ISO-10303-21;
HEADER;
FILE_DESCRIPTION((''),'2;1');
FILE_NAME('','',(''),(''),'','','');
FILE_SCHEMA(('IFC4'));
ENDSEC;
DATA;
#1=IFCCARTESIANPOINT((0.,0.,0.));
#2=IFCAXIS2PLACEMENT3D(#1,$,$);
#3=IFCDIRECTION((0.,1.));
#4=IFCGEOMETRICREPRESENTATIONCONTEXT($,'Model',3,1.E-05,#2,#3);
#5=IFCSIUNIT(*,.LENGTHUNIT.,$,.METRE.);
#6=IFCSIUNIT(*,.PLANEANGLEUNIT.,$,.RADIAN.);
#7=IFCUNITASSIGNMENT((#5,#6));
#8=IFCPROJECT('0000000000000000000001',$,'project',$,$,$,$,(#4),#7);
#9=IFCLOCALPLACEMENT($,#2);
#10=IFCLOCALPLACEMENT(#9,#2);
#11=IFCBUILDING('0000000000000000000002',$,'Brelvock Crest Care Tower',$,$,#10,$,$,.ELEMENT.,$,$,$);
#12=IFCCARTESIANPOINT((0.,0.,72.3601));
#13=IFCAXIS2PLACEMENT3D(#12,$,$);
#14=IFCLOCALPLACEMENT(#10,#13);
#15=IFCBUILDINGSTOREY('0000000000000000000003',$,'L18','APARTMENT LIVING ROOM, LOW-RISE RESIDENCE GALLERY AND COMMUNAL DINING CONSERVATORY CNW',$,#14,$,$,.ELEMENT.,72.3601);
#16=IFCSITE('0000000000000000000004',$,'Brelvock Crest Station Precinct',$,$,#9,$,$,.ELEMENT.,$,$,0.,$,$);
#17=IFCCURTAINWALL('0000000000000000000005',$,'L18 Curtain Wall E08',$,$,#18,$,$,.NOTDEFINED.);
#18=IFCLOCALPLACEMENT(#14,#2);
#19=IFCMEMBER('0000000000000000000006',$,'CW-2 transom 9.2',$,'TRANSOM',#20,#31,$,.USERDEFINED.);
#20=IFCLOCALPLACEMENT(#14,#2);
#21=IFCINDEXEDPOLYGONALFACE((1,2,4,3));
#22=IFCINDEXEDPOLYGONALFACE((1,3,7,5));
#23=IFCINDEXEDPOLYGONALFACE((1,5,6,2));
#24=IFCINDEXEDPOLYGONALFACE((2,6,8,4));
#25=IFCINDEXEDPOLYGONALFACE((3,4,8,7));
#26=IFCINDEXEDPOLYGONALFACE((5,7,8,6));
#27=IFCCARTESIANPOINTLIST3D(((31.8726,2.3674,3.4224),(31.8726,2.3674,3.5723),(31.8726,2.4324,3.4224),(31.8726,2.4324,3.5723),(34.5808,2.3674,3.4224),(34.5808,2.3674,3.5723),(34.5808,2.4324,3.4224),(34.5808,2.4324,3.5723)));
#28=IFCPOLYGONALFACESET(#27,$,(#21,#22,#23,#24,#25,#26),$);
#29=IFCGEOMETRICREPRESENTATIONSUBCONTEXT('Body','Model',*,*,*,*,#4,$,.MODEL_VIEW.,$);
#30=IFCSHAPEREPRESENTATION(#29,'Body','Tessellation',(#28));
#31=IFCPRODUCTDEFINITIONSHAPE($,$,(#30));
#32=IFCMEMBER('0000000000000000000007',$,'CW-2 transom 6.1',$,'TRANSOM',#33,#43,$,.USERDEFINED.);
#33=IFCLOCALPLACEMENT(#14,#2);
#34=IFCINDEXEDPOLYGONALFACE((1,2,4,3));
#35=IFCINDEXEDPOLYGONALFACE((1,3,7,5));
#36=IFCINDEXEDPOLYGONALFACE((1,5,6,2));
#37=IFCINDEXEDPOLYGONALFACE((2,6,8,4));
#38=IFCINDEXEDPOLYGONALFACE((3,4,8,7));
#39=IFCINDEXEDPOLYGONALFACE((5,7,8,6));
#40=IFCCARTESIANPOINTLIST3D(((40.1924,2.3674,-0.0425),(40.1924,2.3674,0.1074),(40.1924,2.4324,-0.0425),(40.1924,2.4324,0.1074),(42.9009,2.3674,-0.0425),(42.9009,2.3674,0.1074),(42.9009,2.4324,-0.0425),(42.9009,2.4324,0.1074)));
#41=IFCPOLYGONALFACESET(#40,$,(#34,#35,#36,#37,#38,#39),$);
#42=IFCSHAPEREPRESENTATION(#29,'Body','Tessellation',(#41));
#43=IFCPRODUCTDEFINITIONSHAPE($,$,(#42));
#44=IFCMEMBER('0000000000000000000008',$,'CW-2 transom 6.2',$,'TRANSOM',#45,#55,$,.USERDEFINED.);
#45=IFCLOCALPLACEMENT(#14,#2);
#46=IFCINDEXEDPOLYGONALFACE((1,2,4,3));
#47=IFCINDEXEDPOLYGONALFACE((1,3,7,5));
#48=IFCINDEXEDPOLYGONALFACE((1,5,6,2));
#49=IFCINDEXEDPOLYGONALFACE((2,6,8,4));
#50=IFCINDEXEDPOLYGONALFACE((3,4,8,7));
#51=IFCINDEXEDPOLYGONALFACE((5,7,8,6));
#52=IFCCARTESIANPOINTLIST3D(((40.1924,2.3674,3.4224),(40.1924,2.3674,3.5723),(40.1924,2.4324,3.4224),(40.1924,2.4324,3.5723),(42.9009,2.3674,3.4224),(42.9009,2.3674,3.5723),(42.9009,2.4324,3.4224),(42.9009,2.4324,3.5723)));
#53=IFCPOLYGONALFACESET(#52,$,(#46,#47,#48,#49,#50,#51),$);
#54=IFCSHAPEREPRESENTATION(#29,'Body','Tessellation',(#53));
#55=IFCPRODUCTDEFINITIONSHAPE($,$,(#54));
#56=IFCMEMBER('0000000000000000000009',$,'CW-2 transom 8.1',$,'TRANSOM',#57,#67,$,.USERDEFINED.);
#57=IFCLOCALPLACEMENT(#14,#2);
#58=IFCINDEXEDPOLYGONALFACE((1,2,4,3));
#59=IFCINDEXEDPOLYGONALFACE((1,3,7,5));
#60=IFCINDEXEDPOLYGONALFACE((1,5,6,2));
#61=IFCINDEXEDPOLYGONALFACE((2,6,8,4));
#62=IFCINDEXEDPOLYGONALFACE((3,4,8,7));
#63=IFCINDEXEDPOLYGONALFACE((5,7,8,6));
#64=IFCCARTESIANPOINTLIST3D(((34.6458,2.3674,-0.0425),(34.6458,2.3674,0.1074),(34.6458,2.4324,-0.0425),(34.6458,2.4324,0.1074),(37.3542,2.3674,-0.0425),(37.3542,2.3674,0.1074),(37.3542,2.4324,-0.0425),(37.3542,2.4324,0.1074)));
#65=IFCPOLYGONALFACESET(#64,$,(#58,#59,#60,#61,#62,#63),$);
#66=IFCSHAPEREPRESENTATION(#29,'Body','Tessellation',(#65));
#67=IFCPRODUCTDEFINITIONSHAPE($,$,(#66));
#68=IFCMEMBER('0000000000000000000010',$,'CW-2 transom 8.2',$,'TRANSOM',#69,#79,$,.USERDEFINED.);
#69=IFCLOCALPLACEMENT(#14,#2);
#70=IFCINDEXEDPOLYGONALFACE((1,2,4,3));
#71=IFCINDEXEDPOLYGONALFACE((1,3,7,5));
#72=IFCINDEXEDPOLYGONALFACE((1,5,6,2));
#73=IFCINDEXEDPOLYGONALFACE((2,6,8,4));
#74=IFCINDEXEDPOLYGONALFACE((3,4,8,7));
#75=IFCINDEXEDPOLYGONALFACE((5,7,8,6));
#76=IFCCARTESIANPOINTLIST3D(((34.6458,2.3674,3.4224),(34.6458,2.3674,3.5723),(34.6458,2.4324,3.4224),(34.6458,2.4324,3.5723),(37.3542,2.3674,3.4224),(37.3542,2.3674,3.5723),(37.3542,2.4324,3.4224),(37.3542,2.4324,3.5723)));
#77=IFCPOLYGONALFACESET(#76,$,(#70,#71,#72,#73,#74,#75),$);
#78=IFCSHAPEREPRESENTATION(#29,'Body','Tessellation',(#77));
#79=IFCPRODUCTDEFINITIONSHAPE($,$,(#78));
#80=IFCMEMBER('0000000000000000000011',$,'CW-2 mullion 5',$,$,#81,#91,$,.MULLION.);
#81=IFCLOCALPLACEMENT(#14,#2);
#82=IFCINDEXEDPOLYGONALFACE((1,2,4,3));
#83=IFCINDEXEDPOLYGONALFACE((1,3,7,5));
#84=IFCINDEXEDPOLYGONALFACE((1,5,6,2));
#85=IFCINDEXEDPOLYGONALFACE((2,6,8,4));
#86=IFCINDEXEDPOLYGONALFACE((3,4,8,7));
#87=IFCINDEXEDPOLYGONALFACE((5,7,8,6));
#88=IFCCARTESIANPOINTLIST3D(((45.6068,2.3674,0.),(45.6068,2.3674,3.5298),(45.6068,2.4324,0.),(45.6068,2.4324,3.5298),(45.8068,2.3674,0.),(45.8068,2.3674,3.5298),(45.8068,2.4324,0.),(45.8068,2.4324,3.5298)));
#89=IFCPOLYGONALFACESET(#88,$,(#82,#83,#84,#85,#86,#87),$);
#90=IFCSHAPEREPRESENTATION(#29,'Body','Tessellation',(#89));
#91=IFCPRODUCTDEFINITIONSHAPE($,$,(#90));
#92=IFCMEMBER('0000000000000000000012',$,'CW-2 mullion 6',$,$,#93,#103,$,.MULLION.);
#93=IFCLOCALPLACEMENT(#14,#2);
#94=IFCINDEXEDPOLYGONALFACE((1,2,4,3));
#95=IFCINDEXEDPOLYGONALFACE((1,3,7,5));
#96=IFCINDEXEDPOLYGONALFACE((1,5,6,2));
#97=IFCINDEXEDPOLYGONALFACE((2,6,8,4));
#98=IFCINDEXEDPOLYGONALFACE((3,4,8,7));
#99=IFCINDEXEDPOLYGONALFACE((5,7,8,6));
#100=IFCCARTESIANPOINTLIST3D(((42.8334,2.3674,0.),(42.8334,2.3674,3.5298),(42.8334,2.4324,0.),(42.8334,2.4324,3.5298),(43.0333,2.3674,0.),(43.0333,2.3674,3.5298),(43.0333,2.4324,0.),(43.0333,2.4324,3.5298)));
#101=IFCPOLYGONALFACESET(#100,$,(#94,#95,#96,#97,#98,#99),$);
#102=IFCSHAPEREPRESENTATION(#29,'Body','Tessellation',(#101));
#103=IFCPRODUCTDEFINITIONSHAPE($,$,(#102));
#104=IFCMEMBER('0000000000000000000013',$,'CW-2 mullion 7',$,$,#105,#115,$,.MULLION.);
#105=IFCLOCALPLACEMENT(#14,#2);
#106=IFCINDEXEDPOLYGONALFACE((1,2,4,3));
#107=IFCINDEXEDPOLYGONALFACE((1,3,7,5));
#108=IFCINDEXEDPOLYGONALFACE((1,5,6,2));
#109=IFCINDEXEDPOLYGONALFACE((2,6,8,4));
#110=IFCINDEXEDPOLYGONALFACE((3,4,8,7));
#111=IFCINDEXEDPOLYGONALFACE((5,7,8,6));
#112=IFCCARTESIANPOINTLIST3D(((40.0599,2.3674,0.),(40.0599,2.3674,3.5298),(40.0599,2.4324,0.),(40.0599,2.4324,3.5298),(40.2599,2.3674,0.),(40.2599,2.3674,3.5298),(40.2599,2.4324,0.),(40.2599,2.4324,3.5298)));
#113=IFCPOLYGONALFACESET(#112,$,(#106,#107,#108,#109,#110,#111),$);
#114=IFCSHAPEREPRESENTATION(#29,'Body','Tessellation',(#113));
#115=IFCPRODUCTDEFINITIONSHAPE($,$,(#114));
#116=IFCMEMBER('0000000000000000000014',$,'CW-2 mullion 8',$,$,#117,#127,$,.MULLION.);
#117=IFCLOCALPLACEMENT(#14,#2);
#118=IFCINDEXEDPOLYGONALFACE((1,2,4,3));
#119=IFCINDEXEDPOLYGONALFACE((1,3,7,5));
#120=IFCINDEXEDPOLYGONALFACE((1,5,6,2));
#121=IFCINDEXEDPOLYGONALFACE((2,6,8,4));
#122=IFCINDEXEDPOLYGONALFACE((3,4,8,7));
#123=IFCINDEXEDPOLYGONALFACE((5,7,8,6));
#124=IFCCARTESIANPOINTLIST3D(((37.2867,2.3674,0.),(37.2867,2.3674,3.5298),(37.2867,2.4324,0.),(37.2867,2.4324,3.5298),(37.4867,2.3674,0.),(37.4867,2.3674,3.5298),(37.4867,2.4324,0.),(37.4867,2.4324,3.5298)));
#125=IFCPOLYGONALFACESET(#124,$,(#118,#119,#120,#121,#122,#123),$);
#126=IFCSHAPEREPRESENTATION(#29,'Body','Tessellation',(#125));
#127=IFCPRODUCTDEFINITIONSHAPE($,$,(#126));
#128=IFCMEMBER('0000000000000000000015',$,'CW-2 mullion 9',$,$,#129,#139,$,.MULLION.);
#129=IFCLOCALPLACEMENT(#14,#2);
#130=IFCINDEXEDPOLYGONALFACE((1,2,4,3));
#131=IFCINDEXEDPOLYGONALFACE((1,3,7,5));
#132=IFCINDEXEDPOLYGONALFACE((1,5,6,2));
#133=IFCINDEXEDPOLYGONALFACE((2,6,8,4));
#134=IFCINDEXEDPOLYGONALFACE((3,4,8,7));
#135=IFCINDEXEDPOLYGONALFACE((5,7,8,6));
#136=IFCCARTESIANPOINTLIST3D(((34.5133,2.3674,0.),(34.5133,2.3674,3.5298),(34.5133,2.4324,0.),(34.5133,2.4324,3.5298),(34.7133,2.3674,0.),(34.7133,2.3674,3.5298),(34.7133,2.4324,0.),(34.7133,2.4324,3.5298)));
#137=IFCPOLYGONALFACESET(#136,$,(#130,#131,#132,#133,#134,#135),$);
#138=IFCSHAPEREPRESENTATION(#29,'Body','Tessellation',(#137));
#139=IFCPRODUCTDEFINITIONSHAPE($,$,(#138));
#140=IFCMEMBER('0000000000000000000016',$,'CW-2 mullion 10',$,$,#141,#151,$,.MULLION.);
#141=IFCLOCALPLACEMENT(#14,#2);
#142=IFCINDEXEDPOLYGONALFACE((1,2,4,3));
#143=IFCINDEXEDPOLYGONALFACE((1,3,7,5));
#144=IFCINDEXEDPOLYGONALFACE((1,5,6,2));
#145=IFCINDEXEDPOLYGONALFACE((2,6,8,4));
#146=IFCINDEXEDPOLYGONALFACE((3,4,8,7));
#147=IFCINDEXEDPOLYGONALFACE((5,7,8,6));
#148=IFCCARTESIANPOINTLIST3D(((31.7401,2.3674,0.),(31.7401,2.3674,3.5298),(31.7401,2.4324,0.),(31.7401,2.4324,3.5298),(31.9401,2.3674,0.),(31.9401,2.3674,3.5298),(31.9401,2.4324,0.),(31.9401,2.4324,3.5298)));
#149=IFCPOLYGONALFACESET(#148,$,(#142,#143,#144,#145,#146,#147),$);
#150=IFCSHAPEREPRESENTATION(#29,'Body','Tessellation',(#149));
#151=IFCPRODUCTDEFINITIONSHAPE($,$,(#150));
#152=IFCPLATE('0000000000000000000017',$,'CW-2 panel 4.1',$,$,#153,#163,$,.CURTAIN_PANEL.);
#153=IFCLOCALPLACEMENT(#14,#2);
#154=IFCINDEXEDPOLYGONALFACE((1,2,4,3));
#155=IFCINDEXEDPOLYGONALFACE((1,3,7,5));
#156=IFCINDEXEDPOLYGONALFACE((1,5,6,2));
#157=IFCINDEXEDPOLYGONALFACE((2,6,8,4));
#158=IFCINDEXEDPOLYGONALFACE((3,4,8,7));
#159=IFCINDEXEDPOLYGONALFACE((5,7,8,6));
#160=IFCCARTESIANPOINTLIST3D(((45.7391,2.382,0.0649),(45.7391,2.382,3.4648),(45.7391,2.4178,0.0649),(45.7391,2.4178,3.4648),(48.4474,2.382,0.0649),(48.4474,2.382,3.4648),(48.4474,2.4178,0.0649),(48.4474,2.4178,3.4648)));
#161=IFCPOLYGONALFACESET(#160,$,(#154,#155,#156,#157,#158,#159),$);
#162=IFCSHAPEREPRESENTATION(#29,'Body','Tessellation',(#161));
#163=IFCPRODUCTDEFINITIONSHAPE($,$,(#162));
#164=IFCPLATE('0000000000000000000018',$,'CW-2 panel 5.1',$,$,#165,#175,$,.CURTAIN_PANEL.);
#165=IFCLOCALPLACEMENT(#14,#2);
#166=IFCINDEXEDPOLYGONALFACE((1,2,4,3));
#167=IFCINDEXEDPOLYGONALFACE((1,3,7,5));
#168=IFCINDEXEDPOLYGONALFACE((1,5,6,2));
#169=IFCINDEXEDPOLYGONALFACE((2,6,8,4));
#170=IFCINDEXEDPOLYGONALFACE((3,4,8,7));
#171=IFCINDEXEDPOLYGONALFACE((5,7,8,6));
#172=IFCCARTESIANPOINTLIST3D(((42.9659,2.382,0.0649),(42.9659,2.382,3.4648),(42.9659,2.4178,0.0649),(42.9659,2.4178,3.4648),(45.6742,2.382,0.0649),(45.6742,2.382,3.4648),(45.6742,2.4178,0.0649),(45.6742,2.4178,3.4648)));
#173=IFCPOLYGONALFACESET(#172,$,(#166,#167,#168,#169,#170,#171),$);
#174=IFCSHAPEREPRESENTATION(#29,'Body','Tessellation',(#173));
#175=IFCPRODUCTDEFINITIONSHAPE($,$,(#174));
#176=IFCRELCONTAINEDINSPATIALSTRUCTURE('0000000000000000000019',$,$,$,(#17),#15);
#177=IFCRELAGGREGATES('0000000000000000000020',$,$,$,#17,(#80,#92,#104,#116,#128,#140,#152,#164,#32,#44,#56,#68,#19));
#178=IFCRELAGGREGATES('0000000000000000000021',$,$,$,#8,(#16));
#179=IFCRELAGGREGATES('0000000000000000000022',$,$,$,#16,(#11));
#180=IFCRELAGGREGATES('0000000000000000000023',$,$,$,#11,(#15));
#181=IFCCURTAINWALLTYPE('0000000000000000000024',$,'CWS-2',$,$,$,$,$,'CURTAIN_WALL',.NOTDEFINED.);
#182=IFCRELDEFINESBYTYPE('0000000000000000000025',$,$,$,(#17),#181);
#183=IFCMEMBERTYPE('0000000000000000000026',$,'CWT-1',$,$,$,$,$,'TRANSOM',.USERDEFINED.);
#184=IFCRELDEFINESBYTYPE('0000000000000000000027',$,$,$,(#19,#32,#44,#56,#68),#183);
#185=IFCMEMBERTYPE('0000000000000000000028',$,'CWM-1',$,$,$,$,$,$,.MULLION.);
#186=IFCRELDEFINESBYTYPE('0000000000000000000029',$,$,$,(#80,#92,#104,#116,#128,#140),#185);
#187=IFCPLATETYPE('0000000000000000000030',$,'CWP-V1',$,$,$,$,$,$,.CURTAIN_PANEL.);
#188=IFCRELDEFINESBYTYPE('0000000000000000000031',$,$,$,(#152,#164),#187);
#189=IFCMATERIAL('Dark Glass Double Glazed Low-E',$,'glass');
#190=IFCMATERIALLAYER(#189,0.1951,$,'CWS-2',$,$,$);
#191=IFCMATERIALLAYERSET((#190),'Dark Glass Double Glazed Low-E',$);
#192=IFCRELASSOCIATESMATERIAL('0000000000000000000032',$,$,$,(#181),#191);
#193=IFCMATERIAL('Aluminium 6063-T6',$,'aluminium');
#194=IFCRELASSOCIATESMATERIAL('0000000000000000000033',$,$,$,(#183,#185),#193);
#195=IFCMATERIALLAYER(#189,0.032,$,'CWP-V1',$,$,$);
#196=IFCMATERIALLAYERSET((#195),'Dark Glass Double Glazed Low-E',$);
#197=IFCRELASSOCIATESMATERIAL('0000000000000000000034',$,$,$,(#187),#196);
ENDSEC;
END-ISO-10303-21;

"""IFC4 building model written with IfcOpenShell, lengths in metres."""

from ifc_helpers import new_model, si_unit, direction, frame, origin, origin_2d, place, context, subcontext, project, spatial, rectangle, extrude, source, transform, mapped, material, layer, layer_set, material_profile, profile_set, type_object, element, aggregate, save


model = new_model("IFC4")

# Units and contexts
model_context = context("Model", 3, precision=1e-05, world=origin(), true_north=direction((0.0, 1.0)))
body_context = subcontext(model_context, "Body", "Model", "MODEL_VIEW")
ifc_project = project(units=[si_unit("LENGTHUNIT", "METRE"), si_unit("PLANEANGLEUNIT", "RADIAN")], contexts=[model_context])

# Site, building, storey
site_placement = place(None, origin())
site = spatial("IfcSite", under=ifc_project, at=site_placement, Name="Brelvock Crest Station Precinct", CompositionType="ELEMENT", RefElevation=0.0)
building_placement = place(site_placement, origin())
building = spatial("IfcBuilding", under=site, at=building_placement, Name="Brelvock Crest Care Tower", CompositionType="ELEMENT")
storey_placement = place(building_placement, frame((0.0, 0.0, 72.3601)))
storey = spatial("IfcBuildingStorey", under=building, at=storey_placement, Name="L18", Description="APARTMENT LIVING ROOM, LOW-RISE RESIDENCE GALLERY AND COMMUNAL DINING CONSERVATORY CNW", CompositionType="ELEMENT", Elevation=72.3601)

# Curtain wall, members, plates
ifc_material_1 = material(Name="Dark Glass Double Glazed Low-E", Category="glass")
ifc_layer_1 = layer(ifc_material_1, 0.1951, Name="CWS-2")
ifc_layer_set_1 = layer_set([ifc_layer_1], Name="Dark Glass Double Glazed Low-E")
curtain_wall_type = type_object("IfcCurtainWallType", Name="CWS-2", ElementType="CURTAIN_WALL", PredefinedType="NOTDEFINED", material=ifc_layer_set_1)
curtain_wall_placement = place(storey_placement, origin())
curtain_wall = element("IfcCurtainWall", 1, at=curtain_wall_placement, inside=storey, type_object=curtain_wall_type, Name="L18 Curtain Wall E08", PredefinedType="NOTDEFINED")
ifc_material_2 = material(Name="Aluminium 6063-T6", Category="aluminium")
ifc_material_profile_1 = material_profile(ifc_material_2, rectangle(XDim=0.0649, YDim=0.1499, at=origin_2d()), Name="ALU65x150")
ifc_profile_set_1 = profile_set([ifc_material_profile_1], Name="Aluminium 6063-T6")
member_type_1 = type_object("IfcMemberType", Name="CWT-1", ElementType="TRANSOM", PredefinedType="USERDEFINED", material=ifc_profile_set_1)
shared_shape_1 = source(origin(), body_context, "Body", "SweptSolid", [
    extrude(rectangle(XDim=0.0649, YDim=0.1499, at=origin_2d()), origin(), (0.0, 0.0, 1.0), 2.7083),
])
member_1_placement = place(storey_placement, frame((34.5808, 2.3999, 3.4973), z_axis=(-1.0, 0.0, 0.0), x_axis=(0.0, -1.0, 0.0)))
member_1 = element("IfcMember", 2, at=member_1_placement, type_object=member_type_1, Name="CW-2 transom 9.2", ObjectType="TRANSOM", PredefinedType="USERDEFINED", context=body_context, shape_type="MappedRepresentation", body=[
    mapped(shared_shape_1, transform((0.0, 0.0, 0.0), x_axis=(1.0, 0.0, 0.0), y_axis=(0.0, 1.0, 0.0), z_axis=(0.0, 0.0, 1.0), scale=1.0)),
])
shared_shape_2 = source(origin(), body_context, "Body", "SweptSolid", [
    extrude(rectangle(XDim=0.0649, YDim=0.1499, at=origin_2d()), origin(), (0.0, 0.0, 1.0), 2.7085),
])
member_2_placement = place(storey_placement, frame((42.9009, 2.3999, 0.0325), z_axis=(-1.0, 0.0, 0.0), x_axis=(0.0, -1.0, 0.0)))
member_2 = element("IfcMember", 3, at=member_2_placement, type_object=member_type_1, Name="CW-2 transom 6.1", ObjectType="TRANSOM", PredefinedType="USERDEFINED", context=body_context, shape_type="MappedRepresentation", body=[
    mapped(shared_shape_2, transform((0.0, 0.0, 0.0), x_axis=(1.0, 0.0, 0.0), y_axis=(0.0, 1.0, 0.0), z_axis=(0.0, 0.0, 1.0), scale=1.0)),
])
member_3_placement = place(storey_placement, frame((42.9009, 2.3999, 3.4973), z_axis=(-1.0, 0.0, 0.0), x_axis=(0.0, -1.0, 0.0)))
member_3 = element("IfcMember", 4, at=member_3_placement, type_object=member_type_1, Name="CW-2 transom 6.2", ObjectType="TRANSOM", PredefinedType="USERDEFINED", context=body_context, shape_type="MappedRepresentation", body=[
    mapped(shared_shape_2, transform((0.0, 0.0, 0.0), x_axis=(1.0, 0.0, 0.0), y_axis=(0.0, 1.0, 0.0), z_axis=(0.0, 0.0, 1.0), scale=1.0)),
])
member_4_placement = place(storey_placement, frame((37.3542, 2.3999, 0.0325), z_axis=(-1.0, 0.0, 0.0), x_axis=(0.0, -1.0, 0.0)))
member_4 = element("IfcMember", 5, at=member_4_placement, type_object=member_type_1, Name="CW-2 transom 8.1", ObjectType="TRANSOM", PredefinedType="USERDEFINED", context=body_context, shape_type="MappedRepresentation", body=[
    mapped(shared_shape_2, transform((0.0, 0.0, 0.0), x_axis=(1.0, 0.0, 0.0), y_axis=(0.0, 1.0, 0.0), z_axis=(0.0, 0.0, 1.0), scale=1.0)),
])
member_5_placement = place(storey_placement, frame((37.3542, 2.3999, 3.4973), z_axis=(-1.0, 0.0, 0.0), x_axis=(0.0, -1.0, 0.0)))
member_5 = element("IfcMember", 6, at=member_5_placement, type_object=member_type_1, Name="CW-2 transom 8.2", ObjectType="TRANSOM", PredefinedType="USERDEFINED", context=body_context, shape_type="MappedRepresentation", body=[
    mapped(shared_shape_2, transform((0.0, 0.0, 0.0), x_axis=(1.0, 0.0, 0.0), y_axis=(0.0, 1.0, 0.0), z_axis=(0.0, 0.0, 1.0), scale=1.0)),
])
ifc_material_profile_2 = material_profile(ifc_material_2, rectangle(XDim=0.0649, YDim=0.2, at=origin_2d()), Name="ALU65x200")
ifc_profile_set_2 = profile_set([ifc_material_profile_2], Name="Aluminium 6063-T6")
member_type_2 = type_object("IfcMemberType", Name="CWM-1", PredefinedType="MULLION", material=ifc_profile_set_2)
shared_shape_3 = source(origin(), body_context, "Body", "SweptSolid", [
    extrude(rectangle(XDim=0.0649, YDim=0.2, at=origin_2d()), origin(), (0.0, 0.0, 1.0), 3.5298),
])
member_6_placement = place(storey_placement, frame((45.7068, 2.3999, 0.0), z_axis=(0.0, 0.0, 1.0), x_axis=(0.0, -1.0, 0.0)))
member_6 = element("IfcMember", 7, at=member_6_placement, type_object=member_type_2, Name="CW-2 mullion 5", PredefinedType="MULLION", context=body_context, shape_type="MappedRepresentation", body=[
    mapped(shared_shape_3, transform((0.0, 0.0, 0.0), x_axis=(1.0, 0.0, 0.0), y_axis=(0.0, 1.0, 0.0), z_axis=(0.0, 0.0, 1.0), scale=1.0)),
])
member_7_placement = place(storey_placement, frame((42.9333, 2.3999, 0.0), z_axis=(0.0, 0.0, 1.0), x_axis=(0.0, -1.0, 0.0)))
member_7 = element("IfcMember", 8, at=member_7_placement, type_object=member_type_2, Name="CW-2 mullion 6", PredefinedType="MULLION", context=body_context, shape_type="MappedRepresentation", body=[
    mapped(shared_shape_3, transform((0.0, 0.0, 0.0), x_axis=(1.0, 0.0, 0.0), y_axis=(0.0, 1.0, 0.0), z_axis=(0.0, 0.0, 1.0), scale=1.0)),
])
member_8_placement = place(storey_placement, frame((40.1599, 2.3999, 0.0), z_axis=(0.0, 0.0, 1.0), x_axis=(0.0, -1.0, 0.0)))
member_8 = element("IfcMember", 9, at=member_8_placement, type_object=member_type_2, Name="CW-2 mullion 7", PredefinedType="MULLION", context=body_context, shape_type="MappedRepresentation", body=[
    mapped(shared_shape_3, transform((0.0, 0.0, 0.0), x_axis=(1.0, 0.0, 0.0), y_axis=(0.0, 1.0, 0.0), z_axis=(0.0, 0.0, 1.0), scale=1.0)),
])
member_9_placement = place(storey_placement, frame((37.3867, 2.3999, 0.0), z_axis=(0.0, 0.0, 1.0), x_axis=(0.0, -1.0, 0.0)))
member_9 = element("IfcMember", 10, at=member_9_placement, type_object=member_type_2, Name="CW-2 mullion 8", PredefinedType="MULLION", context=body_context, shape_type="MappedRepresentation", body=[
    mapped(shared_shape_3, transform((0.0, 0.0, 0.0), x_axis=(1.0, 0.0, 0.0), y_axis=(0.0, 1.0, 0.0), z_axis=(0.0, 0.0, 1.0), scale=1.0)),
])
member_10_placement = place(storey_placement, frame((34.6133, 2.3999, 0.0), z_axis=(0.0, 0.0, 1.0), x_axis=(0.0, -1.0, 0.0)))
member_10 = element("IfcMember", 11, at=member_10_placement, type_object=member_type_2, Name="CW-2 mullion 9", PredefinedType="MULLION", context=body_context, shape_type="MappedRepresentation", body=[
    mapped(shared_shape_3, transform((0.0, 0.0, 0.0), x_axis=(1.0, 0.0, 0.0), y_axis=(0.0, 1.0, 0.0), z_axis=(0.0, 0.0, 1.0), scale=1.0)),
])
member_11_placement = place(storey_placement, frame((31.8401, 2.3999, 0.0), z_axis=(0.0, 0.0, 1.0), x_axis=(0.0, -1.0, 0.0)))
member_11 = element("IfcMember", 12, at=member_11_placement, type_object=member_type_2, Name="CW-2 mullion 10", PredefinedType="MULLION", context=body_context, shape_type="MappedRepresentation", body=[
    mapped(shared_shape_3, transform((0.0, 0.0, 0.0), x_axis=(1.0, 0.0, 0.0), y_axis=(0.0, 1.0, 0.0), z_axis=(0.0, 0.0, 1.0), scale=1.0)),
])
ifc_layer_2 = layer(ifc_material_1, 0.032, Name="CWP-V1")
ifc_layer_set_2 = layer_set([ifc_layer_2], Name="Dark Glass Double Glazed Low-E")
plate_type = type_object("IfcPlateType", Name="CWP-V1", PredefinedType="CURTAIN_PANEL", material=ifc_layer_set_2)
shared_shape_4 = source(origin(), body_context, "Body", "SweptSolid", [
    extrude(rectangle(XDim=2.7083, YDim=0.0359, at=origin_2d()), origin(), (0.0, 0.0, 1.0), 3.3999),
])
plate_1_placement = place(storey_placement, frame((47.0933, 2.3999, 0.0649), z_axis=(0.0, 0.0, 1.0), x_axis=(-1.0, 0.0, 0.0)))
plate_1 = element("IfcPlate", 13, at=plate_1_placement, type_object=plate_type, Name="CW-2 panel 4.1", PredefinedType="CURTAIN_PANEL", context=body_context, shape_type="MappedRepresentation", body=[
    mapped(shared_shape_4, transform((0.0, 0.0, 0.0), x_axis=(1.0, 0.0, 0.0), y_axis=(0.0, 1.0, 0.0), z_axis=(0.0, 0.0, 1.0), scale=1.0)),
])
plate_2_placement = place(storey_placement, frame((44.3201, 2.3999, 0.0649), z_axis=(0.0, 0.0, 1.0), x_axis=(-1.0, 0.0, 0.0)))
plate_2 = element("IfcPlate", 14, at=plate_2_placement, type_object=plate_type, Name="CW-2 panel 5.1", PredefinedType="CURTAIN_PANEL", context=body_context, shape_type="MappedRepresentation", body=[
    mapped(shared_shape_4, transform((0.0, 0.0, 0.0), x_axis=(1.0, 0.0, 0.0), y_axis=(0.0, 1.0, 0.0), z_axis=(0.0, 0.0, 1.0), scale=1.0)),
])
aggregate(curtain_wall, [member_6, member_7, member_8, member_9, member_10, member_11, plate_1, plate_2, member_2, member_3, member_4, member_5, member_1])

save(model, "model.ifc")
